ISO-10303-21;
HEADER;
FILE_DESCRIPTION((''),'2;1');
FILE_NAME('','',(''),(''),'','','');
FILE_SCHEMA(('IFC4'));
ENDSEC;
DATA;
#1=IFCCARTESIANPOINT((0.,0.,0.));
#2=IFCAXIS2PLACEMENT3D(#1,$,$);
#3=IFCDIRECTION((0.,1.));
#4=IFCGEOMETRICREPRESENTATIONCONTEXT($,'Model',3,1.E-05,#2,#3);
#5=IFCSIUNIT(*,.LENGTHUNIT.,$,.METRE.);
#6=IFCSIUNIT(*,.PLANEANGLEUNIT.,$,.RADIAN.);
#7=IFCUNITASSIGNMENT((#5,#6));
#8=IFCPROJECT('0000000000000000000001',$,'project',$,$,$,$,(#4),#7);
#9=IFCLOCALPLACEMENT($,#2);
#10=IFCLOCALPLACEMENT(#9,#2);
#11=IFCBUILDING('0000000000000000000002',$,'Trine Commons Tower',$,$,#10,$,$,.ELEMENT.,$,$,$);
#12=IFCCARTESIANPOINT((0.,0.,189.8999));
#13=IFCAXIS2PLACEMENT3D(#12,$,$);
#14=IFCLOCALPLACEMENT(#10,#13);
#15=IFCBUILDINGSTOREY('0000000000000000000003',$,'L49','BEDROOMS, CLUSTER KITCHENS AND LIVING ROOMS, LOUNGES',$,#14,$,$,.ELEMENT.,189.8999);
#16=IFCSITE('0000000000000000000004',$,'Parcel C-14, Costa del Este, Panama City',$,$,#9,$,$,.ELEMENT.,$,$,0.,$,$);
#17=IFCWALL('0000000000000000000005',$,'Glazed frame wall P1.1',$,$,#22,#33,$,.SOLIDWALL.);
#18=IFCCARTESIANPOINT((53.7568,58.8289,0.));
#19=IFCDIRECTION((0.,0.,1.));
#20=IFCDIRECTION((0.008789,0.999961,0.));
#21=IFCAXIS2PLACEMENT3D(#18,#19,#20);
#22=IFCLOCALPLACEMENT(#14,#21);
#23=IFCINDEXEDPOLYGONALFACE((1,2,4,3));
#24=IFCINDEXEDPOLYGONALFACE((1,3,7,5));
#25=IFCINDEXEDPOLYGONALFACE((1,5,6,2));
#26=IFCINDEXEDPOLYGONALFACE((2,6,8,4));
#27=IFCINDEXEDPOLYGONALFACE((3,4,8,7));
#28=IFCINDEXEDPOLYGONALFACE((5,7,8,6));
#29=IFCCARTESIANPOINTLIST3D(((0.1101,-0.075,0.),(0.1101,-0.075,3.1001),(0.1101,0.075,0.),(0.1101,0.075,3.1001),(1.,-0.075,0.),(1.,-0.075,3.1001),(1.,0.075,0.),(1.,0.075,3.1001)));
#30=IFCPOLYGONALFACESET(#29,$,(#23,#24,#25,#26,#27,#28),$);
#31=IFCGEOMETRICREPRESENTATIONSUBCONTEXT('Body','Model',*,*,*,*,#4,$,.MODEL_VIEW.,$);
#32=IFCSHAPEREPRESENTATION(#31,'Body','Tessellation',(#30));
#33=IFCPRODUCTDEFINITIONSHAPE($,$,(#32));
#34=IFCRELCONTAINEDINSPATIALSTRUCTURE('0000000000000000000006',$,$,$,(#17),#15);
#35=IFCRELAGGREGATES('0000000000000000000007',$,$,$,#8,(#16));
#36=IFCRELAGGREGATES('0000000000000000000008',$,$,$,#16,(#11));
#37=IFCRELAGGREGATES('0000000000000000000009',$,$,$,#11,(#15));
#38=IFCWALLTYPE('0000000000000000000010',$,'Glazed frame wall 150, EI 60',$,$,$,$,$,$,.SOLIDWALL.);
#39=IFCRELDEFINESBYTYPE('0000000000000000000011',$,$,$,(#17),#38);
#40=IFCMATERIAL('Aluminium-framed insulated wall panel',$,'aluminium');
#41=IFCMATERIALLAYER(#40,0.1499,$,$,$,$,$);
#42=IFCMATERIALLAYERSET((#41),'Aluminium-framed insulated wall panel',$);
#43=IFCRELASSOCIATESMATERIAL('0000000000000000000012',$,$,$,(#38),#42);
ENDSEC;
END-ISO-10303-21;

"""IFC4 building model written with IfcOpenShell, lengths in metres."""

from ifc_helpers import new_model, si_unit, direction, frame, origin, place, context, subcontext, project, spatial, polyline, outline, extrude, material, layer, layer_set, type_object, element, save


model = new_model("IFC4")

# Units and contexts
model_context = context("Model", 3, precision=1e-05, world=origin(), true_north=direction((0.0, 1.0)))
body_context = subcontext(model_context, "Body", "Model", "MODEL_VIEW")
ifc_project = project(units=[si_unit("LENGTHUNIT", "METRE"), si_unit("PLANEANGLEUNIT", "RADIAN")], contexts=[model_context])

# Site, building, storey
site_placement = place(None, origin())
site = spatial("IfcSite", under=ifc_project, at=site_placement, Name="Parcel C-14, Costa del Este, Panama City", CompositionType="ELEMENT", RefElevation=0.0)
building_placement = place(site_placement, origin())
building = spatial("IfcBuilding", under=site, at=building_placement, Name="Trine Commons Tower", CompositionType="ELEMENT")
storey_placement = place(building_placement, frame((0.0, 0.0, 189.8999)))
storey = spatial("IfcBuildingStorey", under=building, at=storey_placement, Name="L49", Description="BEDROOMS, CLUSTER KITCHENS AND LIVING ROOMS, LOUNGES", CompositionType="ELEMENT", Elevation=189.8999)

# Wall
ifc_material_1 = material(Name="Aluminium-framed insulated wall panel", Category="aluminium")
ifc_layer_1 = layer(ifc_material_1, 0.1499)
ifc_layer_set_1 = layer_set([ifc_layer_1], Name="Aluminium-framed insulated wall panel")
wall_type_1 = type_object("IfcWallType", Name="Glazed frame wall 150, EI 60", PredefinedType="SOLIDWALL", material=ifc_layer_set_1)
wall_1_placement = place(storey_placement, frame((53.7568, 58.8289, 0.0), z_axis=(0.0, 0.0, 1.0), x_axis=(0.008789, 0.999961, 0.0)))
element("IfcWall", 1, at=wall_1_placement, inside=storey, type_object=wall_type_1, Name="Glazed frame wall P1.1", PredefinedType="SOLIDWALL", context=body_context, shape_type="SweptSolid", body=[
    extrude(outline(polyline([(0.1101, -0.075), (1.0, -0.075), (1.0, 0.075), (0.1101, 0.075), (0.1101, -0.075)])), origin(), (0.0, 0.0, 1.0), 3.1001),
])

save(model, "model.ifc")
